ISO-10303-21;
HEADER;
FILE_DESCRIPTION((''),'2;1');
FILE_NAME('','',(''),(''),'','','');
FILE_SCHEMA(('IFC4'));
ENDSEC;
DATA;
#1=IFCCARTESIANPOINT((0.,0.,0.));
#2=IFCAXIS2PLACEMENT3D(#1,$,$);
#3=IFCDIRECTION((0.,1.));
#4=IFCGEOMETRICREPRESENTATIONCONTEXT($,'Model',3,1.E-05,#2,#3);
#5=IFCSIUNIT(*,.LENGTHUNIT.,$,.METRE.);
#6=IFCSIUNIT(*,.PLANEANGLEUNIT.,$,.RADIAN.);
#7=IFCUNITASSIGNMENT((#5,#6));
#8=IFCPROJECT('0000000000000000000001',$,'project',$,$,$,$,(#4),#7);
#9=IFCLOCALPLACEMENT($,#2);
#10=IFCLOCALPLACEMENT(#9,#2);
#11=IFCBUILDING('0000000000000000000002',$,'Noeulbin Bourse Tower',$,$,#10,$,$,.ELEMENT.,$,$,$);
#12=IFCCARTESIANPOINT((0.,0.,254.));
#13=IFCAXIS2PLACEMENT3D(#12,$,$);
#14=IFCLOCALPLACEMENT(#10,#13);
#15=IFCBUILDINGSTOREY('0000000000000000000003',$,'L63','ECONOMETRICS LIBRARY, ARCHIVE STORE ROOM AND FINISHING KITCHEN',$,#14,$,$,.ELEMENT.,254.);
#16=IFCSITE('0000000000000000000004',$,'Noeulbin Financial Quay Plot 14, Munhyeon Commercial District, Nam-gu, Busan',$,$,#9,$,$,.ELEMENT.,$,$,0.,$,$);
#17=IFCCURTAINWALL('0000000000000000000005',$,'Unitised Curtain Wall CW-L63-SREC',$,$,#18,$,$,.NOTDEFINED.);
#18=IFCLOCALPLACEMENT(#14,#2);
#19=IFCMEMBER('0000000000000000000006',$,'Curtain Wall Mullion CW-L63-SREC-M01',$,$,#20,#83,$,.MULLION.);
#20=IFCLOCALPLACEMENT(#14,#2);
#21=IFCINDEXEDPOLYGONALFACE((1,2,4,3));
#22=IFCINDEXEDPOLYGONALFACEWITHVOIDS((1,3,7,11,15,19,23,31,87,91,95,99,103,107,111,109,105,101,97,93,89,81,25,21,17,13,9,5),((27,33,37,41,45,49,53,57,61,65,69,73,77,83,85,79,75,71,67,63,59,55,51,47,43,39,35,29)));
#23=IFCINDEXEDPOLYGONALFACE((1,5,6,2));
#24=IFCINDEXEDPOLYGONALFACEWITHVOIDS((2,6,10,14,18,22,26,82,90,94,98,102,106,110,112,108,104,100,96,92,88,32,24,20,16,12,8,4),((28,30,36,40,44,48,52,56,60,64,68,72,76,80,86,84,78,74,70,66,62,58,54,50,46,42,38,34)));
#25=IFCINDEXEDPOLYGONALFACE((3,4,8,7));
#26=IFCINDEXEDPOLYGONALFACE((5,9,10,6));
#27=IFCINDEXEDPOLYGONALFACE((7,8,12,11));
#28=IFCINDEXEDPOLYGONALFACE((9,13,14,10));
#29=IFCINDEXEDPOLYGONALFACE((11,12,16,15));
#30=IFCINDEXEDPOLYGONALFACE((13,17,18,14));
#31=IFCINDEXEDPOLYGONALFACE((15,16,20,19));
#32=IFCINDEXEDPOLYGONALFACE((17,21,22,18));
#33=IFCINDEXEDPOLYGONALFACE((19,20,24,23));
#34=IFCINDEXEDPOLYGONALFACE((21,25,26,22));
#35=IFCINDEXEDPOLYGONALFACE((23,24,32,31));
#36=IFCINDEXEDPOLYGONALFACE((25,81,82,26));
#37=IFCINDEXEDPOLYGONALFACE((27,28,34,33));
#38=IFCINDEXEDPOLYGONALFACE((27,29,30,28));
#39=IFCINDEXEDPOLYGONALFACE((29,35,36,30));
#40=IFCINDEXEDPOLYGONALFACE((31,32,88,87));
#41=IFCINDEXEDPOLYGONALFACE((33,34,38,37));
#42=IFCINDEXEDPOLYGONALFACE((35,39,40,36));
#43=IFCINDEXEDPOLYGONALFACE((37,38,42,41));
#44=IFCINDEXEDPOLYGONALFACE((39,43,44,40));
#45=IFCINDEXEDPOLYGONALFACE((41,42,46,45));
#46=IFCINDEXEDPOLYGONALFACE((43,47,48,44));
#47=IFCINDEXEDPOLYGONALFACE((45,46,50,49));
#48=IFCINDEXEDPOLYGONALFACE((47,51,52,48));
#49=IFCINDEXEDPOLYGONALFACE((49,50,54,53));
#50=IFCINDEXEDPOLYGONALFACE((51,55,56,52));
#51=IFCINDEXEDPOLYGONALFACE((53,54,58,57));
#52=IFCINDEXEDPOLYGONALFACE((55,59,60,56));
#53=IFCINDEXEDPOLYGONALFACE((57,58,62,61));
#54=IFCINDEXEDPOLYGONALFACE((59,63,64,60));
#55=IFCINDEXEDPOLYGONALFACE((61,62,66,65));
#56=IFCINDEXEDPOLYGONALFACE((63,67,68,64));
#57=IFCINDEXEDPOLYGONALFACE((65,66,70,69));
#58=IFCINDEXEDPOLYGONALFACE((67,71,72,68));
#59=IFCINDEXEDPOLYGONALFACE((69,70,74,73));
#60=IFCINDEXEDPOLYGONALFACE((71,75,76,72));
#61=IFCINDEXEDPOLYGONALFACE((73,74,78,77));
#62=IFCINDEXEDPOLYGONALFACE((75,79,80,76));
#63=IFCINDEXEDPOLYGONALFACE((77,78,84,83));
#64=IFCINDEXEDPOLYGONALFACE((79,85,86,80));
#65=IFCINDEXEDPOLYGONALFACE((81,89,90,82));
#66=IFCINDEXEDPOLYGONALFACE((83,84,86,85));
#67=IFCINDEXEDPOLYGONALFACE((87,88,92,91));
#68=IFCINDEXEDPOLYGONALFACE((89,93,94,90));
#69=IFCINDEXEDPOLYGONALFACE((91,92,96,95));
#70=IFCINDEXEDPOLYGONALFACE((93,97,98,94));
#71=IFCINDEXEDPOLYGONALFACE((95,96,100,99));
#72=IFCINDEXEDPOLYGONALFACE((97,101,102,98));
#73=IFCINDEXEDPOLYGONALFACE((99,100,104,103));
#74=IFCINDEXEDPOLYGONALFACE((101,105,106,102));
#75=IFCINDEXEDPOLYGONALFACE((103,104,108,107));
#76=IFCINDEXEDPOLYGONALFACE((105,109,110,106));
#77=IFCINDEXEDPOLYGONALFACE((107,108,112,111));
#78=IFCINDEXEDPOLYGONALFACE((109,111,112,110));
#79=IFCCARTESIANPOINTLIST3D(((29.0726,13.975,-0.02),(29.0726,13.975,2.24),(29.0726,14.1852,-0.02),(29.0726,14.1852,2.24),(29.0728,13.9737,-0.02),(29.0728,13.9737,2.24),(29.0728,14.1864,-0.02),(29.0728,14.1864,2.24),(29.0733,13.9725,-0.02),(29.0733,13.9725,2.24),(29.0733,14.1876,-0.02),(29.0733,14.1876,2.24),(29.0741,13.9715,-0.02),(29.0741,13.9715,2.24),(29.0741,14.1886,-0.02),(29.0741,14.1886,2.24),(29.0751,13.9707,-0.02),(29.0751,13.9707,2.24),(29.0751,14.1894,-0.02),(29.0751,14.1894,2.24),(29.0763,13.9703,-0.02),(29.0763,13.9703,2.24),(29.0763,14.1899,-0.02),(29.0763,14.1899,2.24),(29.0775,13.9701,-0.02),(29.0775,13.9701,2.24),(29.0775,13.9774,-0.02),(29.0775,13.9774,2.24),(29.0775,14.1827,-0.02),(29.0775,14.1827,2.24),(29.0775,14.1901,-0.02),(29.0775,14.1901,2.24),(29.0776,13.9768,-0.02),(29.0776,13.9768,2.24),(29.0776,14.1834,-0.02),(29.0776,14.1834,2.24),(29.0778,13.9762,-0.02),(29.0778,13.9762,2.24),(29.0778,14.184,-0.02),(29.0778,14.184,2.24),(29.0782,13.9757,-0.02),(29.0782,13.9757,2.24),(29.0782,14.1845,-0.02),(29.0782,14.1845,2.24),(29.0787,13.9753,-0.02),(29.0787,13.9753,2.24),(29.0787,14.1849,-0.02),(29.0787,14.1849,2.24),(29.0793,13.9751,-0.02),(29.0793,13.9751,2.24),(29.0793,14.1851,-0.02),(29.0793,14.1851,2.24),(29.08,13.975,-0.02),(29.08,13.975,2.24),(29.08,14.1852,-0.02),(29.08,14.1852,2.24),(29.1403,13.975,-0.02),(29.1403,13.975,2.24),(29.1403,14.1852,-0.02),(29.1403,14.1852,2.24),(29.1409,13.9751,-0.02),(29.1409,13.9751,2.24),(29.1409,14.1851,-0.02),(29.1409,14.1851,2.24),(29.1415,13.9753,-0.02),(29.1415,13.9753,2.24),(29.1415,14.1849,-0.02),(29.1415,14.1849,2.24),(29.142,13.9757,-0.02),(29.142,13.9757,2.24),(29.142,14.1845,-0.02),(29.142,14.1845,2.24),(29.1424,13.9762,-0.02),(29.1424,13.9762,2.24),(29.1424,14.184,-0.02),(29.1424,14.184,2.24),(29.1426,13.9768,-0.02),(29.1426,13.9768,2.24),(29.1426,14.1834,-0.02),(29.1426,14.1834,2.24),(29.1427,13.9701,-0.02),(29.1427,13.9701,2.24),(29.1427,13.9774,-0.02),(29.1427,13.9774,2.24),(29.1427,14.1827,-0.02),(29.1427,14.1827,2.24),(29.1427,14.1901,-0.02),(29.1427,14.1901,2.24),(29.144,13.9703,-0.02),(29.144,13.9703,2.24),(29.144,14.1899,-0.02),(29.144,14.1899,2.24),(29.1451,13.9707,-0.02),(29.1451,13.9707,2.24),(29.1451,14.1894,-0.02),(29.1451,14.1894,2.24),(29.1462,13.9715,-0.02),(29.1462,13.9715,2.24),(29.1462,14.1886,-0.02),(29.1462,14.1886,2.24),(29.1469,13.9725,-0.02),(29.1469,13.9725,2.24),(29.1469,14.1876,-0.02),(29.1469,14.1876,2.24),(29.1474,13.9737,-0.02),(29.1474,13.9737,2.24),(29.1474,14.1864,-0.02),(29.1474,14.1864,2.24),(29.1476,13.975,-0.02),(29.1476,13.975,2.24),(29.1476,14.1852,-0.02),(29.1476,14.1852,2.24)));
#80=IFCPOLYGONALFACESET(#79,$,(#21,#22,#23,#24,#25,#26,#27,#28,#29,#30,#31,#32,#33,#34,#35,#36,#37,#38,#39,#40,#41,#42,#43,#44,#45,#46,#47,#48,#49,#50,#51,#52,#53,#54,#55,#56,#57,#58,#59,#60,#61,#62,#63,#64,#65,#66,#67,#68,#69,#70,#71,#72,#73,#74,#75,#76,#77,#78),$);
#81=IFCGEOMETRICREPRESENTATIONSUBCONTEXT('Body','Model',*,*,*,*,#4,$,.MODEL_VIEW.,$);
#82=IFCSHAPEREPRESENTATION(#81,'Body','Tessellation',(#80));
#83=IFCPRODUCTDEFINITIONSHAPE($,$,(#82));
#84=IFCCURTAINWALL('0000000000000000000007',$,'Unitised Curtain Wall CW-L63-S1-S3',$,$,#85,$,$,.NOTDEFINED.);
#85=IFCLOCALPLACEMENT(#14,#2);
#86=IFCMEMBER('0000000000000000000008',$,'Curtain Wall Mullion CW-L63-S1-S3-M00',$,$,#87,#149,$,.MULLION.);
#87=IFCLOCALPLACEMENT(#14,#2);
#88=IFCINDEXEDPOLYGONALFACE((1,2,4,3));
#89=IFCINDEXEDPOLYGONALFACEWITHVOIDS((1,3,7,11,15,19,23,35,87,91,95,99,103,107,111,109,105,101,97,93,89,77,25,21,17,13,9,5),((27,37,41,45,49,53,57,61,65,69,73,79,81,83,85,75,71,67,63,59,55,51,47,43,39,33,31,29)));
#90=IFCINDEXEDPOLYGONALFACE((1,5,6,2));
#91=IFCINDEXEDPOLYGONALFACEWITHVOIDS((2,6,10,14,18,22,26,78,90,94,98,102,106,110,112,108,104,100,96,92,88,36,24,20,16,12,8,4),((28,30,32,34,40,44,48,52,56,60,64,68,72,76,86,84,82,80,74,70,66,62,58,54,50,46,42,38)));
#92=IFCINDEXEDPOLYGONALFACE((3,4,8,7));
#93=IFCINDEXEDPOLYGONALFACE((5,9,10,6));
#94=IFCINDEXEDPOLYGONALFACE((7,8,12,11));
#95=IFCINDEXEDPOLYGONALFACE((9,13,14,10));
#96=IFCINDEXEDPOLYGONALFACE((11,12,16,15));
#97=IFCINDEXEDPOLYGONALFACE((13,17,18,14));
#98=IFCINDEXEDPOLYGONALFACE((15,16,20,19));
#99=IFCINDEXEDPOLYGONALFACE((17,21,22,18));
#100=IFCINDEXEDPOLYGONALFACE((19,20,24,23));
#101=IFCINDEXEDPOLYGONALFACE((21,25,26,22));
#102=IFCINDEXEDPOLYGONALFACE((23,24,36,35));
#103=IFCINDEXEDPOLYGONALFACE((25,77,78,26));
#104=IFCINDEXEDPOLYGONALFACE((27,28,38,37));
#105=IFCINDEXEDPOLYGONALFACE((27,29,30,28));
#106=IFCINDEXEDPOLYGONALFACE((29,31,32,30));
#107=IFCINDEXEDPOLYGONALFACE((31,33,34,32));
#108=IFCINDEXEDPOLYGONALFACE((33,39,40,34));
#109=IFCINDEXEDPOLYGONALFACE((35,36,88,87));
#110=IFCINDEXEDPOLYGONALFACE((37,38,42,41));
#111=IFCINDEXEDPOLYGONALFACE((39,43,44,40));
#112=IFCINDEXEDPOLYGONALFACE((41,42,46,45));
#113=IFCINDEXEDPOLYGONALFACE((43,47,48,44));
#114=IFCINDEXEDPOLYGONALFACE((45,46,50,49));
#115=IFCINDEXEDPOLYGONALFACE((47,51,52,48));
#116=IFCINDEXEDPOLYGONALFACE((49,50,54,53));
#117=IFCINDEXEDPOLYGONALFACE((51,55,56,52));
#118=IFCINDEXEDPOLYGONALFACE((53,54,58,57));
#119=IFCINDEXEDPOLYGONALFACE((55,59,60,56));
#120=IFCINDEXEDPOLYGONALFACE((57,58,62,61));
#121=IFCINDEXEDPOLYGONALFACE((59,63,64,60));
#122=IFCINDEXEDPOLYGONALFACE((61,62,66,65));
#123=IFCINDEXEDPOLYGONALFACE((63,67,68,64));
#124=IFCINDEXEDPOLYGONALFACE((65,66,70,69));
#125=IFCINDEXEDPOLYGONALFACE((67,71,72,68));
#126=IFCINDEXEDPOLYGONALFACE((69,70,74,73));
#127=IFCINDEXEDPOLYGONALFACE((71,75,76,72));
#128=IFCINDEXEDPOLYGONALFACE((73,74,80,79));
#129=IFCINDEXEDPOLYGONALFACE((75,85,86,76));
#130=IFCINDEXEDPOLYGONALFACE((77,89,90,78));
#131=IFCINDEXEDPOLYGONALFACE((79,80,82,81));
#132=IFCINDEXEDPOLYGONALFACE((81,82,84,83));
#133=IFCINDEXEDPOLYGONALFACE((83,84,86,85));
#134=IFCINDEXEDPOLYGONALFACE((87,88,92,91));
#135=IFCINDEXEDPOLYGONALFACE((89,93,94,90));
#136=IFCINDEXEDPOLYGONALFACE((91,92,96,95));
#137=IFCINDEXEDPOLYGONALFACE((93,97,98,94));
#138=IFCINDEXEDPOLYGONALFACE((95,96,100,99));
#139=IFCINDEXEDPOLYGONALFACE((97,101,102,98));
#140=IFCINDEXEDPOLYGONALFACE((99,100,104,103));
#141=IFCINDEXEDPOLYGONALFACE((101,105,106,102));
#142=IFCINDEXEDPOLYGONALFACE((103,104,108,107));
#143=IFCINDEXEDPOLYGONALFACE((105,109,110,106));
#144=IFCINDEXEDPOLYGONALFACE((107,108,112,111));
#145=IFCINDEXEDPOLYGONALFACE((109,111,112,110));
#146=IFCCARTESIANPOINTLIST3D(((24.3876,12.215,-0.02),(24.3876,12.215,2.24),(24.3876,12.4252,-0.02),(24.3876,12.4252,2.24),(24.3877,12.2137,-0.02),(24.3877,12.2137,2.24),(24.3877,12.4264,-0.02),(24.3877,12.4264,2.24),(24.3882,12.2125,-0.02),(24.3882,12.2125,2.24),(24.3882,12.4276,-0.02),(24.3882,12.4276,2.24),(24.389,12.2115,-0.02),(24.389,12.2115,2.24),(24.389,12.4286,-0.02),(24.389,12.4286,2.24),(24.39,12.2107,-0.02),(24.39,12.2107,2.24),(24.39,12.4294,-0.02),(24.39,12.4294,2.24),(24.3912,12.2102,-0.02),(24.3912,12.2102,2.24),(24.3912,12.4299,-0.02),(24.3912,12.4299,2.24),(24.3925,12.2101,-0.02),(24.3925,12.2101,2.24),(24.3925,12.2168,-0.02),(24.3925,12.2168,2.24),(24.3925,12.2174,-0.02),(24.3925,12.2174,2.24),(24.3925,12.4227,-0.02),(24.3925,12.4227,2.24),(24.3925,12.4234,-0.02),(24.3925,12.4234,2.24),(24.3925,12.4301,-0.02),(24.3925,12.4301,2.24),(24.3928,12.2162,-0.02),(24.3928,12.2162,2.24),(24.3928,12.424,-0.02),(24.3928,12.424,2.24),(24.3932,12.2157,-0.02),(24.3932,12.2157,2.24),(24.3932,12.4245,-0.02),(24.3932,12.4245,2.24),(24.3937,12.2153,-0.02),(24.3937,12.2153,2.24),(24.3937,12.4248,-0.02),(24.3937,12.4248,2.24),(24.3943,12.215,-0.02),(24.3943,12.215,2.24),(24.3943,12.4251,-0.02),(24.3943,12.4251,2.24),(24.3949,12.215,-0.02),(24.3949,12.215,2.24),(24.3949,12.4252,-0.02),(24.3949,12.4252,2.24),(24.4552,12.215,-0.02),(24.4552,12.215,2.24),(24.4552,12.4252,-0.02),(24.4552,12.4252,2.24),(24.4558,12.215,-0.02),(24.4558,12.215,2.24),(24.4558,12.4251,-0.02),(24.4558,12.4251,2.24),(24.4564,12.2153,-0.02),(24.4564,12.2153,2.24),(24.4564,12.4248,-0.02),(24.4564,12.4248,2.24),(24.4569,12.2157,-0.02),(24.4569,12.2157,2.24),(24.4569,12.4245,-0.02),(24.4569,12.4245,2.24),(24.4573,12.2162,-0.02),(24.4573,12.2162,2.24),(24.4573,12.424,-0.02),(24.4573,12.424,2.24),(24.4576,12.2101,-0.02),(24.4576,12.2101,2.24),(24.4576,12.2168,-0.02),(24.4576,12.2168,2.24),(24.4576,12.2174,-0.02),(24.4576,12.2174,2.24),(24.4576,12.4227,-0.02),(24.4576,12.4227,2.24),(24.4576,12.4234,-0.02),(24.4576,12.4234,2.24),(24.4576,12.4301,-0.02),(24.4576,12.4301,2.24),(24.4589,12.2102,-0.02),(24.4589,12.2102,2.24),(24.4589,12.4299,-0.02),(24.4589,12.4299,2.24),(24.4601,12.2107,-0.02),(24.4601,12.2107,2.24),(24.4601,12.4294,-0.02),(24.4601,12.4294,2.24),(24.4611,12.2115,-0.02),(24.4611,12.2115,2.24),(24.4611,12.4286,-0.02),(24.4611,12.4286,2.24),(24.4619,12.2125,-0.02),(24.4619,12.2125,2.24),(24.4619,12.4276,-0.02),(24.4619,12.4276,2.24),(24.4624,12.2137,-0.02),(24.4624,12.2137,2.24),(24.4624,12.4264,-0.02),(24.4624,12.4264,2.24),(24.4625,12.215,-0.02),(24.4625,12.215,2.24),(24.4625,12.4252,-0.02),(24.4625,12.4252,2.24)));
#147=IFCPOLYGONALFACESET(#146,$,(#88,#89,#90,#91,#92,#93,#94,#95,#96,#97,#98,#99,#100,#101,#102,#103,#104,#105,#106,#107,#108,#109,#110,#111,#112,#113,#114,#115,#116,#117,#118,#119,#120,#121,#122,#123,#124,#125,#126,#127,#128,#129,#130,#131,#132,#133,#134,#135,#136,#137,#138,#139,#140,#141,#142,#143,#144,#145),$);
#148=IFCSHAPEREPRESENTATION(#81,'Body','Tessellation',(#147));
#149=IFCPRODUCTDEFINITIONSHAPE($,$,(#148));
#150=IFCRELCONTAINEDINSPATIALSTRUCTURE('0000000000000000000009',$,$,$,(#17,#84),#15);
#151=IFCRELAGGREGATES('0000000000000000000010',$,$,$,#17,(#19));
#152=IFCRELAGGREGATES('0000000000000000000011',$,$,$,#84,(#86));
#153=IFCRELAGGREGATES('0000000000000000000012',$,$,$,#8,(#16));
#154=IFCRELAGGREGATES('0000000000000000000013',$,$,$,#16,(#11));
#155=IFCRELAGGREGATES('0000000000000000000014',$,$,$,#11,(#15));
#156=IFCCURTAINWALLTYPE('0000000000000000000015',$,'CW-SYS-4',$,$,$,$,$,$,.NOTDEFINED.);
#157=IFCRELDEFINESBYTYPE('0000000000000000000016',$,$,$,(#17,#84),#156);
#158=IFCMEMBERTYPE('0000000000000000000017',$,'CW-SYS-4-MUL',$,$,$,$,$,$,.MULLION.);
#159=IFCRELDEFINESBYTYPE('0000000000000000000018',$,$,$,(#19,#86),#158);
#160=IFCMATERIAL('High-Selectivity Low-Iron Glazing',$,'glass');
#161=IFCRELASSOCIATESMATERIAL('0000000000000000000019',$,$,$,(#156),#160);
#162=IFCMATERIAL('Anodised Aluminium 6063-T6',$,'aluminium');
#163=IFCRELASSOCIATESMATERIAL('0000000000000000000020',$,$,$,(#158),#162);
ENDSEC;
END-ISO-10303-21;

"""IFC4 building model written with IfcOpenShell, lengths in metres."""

from ifc_helpers import new_model, si_unit, direction, frame, origin, origin_2d, place, context, subcontext, project, spatial, hollow_rectangle, extrude, material, material_profile, profile_set, type_object, element, aggregate, save


model = new_model("IFC4")

# Units and contexts
model_context = context("Model", 3, precision=1e-05, world=origin(), true_north=direction((0.0, 1.0)))
body_context = subcontext(model_context, "Body", "Model", "MODEL_VIEW")
ifc_project = project(units=[si_unit("LENGTHUNIT", "METRE"), si_unit("PLANEANGLEUNIT", "RADIAN")], contexts=[model_context])

# Site, building, storey
site_placement = place(None, origin())
site = spatial("IfcSite", under=ifc_project, at=site_placement, Name="Noeulbin Financial Quay Plot 14, Munhyeon Commercial District, Nam-gu, Busan", CompositionType="ELEMENT", RefElevation=0.0)
building_placement = place(site_placement, origin())
building = spatial("IfcBuilding", under=site, at=building_placement, Name="Noeulbin Bourse Tower", CompositionType="ELEMENT")
storey_placement = place(building_placement, frame((0.0, 0.0, 254.0)))
storey = spatial("IfcBuildingStorey", under=building, at=storey_placement, Name="L63", Description="ECONOMETRICS LIBRARY, ARCHIVE STORE ROOM AND FINISHING KITCHEN", CompositionType="ELEMENT", Elevation=254.0)

# Curtain walls, members
ifc_material_1 = material(Name="High-Selectivity Low-Iron Glazing", Category="glass")
curtain_wall_type = type_object("IfcCurtainWallType", Name="CW-SYS-4", PredefinedType="NOTDEFINED", material=ifc_material_1)
curtain_wall_1_placement = place(storey_placement, origin())
curtain_wall_1 = element("IfcCurtainWall", 1, at=curtain_wall_1_placement, inside=storey, type_object=curtain_wall_type, Name="Unitised Curtain Wall CW-L63-SREC", PredefinedType="NOTDEFINED")
ifc_material_2 = material(Name="Anodised Aluminium 6063-T6", Category="aluminium")
ifc_material_profile_1 = material_profile(ifc_material_2, hollow_rectangle(XDim=0.075, YDim=0.22, WallThickness=0.0049, InnerFilletRadius=0.0024, OuterFilletRadius=0.0049, at=origin_2d()), Name="ALU-MULL-75x220x5", Category="LoadBearing")
ifc_profile_set_1 = profile_set([ifc_material_profile_1], Name="Anodised Aluminium 6063-T6")
member_type_1 = type_object("IfcMemberType", Name="CW-SYS-4-MUL", PredefinedType="MULLION", material=ifc_profile_set_1)
member_1_placement = place(storey_placement, frame((29.1101, 14.0801, -0.02), z_axis=(0.0, 0.0, 1.0), x_axis=(1.0, 0.0, 0.0)))
member_1 = element("IfcMember", 2, at=member_1_placement, type_object=member_type_1, Name="Curtain Wall Mullion CW-L63-SREC-M01", PredefinedType="MULLION", context=body_context, shape_type="SweptSolid", body=[
    extrude(hollow_rectangle(XDim=0.075, YDim=0.22, WallThickness=0.0049, InnerFilletRadius=0.0024, OuterFilletRadius=0.0049, at=origin_2d()), origin(), (0.0, 0.0, 1.0), 2.26),
])
curtain_wall_2_placement = place(storey_placement, origin())
curtain_wall_2 = element("IfcCurtainWall", 3, at=curtain_wall_2_placement, inside=storey, type_object=curtain_wall_type, Name="Unitised Curtain Wall CW-L63-S1-S3", PredefinedType="NOTDEFINED")
member_2_placement = place(storey_placement, frame((24.425, 12.3201, -0.02), z_axis=(0.0, 0.0, 1.0), x_axis=(1.0, 0.0, 0.0)))
member_2 = element("IfcMember", 4, at=member_2_placement, type_object=member_type_1, Name="Curtain Wall Mullion CW-L63-S1-S3-M00", PredefinedType="MULLION", context=body_context, shape_type="SweptSolid", body=[
    extrude(hollow_rectangle(XDim=0.075, YDim=0.22, WallThickness=0.0049, InnerFilletRadius=0.0024, OuterFilletRadius=0.0049, at=origin_2d()), origin(), (0.0, 0.0, 1.0), 2.26),
])

aggregate(curtain_wall_1, [member_1])
aggregate(curtain_wall_2, [member_2])

save(model, "model.ifc")
